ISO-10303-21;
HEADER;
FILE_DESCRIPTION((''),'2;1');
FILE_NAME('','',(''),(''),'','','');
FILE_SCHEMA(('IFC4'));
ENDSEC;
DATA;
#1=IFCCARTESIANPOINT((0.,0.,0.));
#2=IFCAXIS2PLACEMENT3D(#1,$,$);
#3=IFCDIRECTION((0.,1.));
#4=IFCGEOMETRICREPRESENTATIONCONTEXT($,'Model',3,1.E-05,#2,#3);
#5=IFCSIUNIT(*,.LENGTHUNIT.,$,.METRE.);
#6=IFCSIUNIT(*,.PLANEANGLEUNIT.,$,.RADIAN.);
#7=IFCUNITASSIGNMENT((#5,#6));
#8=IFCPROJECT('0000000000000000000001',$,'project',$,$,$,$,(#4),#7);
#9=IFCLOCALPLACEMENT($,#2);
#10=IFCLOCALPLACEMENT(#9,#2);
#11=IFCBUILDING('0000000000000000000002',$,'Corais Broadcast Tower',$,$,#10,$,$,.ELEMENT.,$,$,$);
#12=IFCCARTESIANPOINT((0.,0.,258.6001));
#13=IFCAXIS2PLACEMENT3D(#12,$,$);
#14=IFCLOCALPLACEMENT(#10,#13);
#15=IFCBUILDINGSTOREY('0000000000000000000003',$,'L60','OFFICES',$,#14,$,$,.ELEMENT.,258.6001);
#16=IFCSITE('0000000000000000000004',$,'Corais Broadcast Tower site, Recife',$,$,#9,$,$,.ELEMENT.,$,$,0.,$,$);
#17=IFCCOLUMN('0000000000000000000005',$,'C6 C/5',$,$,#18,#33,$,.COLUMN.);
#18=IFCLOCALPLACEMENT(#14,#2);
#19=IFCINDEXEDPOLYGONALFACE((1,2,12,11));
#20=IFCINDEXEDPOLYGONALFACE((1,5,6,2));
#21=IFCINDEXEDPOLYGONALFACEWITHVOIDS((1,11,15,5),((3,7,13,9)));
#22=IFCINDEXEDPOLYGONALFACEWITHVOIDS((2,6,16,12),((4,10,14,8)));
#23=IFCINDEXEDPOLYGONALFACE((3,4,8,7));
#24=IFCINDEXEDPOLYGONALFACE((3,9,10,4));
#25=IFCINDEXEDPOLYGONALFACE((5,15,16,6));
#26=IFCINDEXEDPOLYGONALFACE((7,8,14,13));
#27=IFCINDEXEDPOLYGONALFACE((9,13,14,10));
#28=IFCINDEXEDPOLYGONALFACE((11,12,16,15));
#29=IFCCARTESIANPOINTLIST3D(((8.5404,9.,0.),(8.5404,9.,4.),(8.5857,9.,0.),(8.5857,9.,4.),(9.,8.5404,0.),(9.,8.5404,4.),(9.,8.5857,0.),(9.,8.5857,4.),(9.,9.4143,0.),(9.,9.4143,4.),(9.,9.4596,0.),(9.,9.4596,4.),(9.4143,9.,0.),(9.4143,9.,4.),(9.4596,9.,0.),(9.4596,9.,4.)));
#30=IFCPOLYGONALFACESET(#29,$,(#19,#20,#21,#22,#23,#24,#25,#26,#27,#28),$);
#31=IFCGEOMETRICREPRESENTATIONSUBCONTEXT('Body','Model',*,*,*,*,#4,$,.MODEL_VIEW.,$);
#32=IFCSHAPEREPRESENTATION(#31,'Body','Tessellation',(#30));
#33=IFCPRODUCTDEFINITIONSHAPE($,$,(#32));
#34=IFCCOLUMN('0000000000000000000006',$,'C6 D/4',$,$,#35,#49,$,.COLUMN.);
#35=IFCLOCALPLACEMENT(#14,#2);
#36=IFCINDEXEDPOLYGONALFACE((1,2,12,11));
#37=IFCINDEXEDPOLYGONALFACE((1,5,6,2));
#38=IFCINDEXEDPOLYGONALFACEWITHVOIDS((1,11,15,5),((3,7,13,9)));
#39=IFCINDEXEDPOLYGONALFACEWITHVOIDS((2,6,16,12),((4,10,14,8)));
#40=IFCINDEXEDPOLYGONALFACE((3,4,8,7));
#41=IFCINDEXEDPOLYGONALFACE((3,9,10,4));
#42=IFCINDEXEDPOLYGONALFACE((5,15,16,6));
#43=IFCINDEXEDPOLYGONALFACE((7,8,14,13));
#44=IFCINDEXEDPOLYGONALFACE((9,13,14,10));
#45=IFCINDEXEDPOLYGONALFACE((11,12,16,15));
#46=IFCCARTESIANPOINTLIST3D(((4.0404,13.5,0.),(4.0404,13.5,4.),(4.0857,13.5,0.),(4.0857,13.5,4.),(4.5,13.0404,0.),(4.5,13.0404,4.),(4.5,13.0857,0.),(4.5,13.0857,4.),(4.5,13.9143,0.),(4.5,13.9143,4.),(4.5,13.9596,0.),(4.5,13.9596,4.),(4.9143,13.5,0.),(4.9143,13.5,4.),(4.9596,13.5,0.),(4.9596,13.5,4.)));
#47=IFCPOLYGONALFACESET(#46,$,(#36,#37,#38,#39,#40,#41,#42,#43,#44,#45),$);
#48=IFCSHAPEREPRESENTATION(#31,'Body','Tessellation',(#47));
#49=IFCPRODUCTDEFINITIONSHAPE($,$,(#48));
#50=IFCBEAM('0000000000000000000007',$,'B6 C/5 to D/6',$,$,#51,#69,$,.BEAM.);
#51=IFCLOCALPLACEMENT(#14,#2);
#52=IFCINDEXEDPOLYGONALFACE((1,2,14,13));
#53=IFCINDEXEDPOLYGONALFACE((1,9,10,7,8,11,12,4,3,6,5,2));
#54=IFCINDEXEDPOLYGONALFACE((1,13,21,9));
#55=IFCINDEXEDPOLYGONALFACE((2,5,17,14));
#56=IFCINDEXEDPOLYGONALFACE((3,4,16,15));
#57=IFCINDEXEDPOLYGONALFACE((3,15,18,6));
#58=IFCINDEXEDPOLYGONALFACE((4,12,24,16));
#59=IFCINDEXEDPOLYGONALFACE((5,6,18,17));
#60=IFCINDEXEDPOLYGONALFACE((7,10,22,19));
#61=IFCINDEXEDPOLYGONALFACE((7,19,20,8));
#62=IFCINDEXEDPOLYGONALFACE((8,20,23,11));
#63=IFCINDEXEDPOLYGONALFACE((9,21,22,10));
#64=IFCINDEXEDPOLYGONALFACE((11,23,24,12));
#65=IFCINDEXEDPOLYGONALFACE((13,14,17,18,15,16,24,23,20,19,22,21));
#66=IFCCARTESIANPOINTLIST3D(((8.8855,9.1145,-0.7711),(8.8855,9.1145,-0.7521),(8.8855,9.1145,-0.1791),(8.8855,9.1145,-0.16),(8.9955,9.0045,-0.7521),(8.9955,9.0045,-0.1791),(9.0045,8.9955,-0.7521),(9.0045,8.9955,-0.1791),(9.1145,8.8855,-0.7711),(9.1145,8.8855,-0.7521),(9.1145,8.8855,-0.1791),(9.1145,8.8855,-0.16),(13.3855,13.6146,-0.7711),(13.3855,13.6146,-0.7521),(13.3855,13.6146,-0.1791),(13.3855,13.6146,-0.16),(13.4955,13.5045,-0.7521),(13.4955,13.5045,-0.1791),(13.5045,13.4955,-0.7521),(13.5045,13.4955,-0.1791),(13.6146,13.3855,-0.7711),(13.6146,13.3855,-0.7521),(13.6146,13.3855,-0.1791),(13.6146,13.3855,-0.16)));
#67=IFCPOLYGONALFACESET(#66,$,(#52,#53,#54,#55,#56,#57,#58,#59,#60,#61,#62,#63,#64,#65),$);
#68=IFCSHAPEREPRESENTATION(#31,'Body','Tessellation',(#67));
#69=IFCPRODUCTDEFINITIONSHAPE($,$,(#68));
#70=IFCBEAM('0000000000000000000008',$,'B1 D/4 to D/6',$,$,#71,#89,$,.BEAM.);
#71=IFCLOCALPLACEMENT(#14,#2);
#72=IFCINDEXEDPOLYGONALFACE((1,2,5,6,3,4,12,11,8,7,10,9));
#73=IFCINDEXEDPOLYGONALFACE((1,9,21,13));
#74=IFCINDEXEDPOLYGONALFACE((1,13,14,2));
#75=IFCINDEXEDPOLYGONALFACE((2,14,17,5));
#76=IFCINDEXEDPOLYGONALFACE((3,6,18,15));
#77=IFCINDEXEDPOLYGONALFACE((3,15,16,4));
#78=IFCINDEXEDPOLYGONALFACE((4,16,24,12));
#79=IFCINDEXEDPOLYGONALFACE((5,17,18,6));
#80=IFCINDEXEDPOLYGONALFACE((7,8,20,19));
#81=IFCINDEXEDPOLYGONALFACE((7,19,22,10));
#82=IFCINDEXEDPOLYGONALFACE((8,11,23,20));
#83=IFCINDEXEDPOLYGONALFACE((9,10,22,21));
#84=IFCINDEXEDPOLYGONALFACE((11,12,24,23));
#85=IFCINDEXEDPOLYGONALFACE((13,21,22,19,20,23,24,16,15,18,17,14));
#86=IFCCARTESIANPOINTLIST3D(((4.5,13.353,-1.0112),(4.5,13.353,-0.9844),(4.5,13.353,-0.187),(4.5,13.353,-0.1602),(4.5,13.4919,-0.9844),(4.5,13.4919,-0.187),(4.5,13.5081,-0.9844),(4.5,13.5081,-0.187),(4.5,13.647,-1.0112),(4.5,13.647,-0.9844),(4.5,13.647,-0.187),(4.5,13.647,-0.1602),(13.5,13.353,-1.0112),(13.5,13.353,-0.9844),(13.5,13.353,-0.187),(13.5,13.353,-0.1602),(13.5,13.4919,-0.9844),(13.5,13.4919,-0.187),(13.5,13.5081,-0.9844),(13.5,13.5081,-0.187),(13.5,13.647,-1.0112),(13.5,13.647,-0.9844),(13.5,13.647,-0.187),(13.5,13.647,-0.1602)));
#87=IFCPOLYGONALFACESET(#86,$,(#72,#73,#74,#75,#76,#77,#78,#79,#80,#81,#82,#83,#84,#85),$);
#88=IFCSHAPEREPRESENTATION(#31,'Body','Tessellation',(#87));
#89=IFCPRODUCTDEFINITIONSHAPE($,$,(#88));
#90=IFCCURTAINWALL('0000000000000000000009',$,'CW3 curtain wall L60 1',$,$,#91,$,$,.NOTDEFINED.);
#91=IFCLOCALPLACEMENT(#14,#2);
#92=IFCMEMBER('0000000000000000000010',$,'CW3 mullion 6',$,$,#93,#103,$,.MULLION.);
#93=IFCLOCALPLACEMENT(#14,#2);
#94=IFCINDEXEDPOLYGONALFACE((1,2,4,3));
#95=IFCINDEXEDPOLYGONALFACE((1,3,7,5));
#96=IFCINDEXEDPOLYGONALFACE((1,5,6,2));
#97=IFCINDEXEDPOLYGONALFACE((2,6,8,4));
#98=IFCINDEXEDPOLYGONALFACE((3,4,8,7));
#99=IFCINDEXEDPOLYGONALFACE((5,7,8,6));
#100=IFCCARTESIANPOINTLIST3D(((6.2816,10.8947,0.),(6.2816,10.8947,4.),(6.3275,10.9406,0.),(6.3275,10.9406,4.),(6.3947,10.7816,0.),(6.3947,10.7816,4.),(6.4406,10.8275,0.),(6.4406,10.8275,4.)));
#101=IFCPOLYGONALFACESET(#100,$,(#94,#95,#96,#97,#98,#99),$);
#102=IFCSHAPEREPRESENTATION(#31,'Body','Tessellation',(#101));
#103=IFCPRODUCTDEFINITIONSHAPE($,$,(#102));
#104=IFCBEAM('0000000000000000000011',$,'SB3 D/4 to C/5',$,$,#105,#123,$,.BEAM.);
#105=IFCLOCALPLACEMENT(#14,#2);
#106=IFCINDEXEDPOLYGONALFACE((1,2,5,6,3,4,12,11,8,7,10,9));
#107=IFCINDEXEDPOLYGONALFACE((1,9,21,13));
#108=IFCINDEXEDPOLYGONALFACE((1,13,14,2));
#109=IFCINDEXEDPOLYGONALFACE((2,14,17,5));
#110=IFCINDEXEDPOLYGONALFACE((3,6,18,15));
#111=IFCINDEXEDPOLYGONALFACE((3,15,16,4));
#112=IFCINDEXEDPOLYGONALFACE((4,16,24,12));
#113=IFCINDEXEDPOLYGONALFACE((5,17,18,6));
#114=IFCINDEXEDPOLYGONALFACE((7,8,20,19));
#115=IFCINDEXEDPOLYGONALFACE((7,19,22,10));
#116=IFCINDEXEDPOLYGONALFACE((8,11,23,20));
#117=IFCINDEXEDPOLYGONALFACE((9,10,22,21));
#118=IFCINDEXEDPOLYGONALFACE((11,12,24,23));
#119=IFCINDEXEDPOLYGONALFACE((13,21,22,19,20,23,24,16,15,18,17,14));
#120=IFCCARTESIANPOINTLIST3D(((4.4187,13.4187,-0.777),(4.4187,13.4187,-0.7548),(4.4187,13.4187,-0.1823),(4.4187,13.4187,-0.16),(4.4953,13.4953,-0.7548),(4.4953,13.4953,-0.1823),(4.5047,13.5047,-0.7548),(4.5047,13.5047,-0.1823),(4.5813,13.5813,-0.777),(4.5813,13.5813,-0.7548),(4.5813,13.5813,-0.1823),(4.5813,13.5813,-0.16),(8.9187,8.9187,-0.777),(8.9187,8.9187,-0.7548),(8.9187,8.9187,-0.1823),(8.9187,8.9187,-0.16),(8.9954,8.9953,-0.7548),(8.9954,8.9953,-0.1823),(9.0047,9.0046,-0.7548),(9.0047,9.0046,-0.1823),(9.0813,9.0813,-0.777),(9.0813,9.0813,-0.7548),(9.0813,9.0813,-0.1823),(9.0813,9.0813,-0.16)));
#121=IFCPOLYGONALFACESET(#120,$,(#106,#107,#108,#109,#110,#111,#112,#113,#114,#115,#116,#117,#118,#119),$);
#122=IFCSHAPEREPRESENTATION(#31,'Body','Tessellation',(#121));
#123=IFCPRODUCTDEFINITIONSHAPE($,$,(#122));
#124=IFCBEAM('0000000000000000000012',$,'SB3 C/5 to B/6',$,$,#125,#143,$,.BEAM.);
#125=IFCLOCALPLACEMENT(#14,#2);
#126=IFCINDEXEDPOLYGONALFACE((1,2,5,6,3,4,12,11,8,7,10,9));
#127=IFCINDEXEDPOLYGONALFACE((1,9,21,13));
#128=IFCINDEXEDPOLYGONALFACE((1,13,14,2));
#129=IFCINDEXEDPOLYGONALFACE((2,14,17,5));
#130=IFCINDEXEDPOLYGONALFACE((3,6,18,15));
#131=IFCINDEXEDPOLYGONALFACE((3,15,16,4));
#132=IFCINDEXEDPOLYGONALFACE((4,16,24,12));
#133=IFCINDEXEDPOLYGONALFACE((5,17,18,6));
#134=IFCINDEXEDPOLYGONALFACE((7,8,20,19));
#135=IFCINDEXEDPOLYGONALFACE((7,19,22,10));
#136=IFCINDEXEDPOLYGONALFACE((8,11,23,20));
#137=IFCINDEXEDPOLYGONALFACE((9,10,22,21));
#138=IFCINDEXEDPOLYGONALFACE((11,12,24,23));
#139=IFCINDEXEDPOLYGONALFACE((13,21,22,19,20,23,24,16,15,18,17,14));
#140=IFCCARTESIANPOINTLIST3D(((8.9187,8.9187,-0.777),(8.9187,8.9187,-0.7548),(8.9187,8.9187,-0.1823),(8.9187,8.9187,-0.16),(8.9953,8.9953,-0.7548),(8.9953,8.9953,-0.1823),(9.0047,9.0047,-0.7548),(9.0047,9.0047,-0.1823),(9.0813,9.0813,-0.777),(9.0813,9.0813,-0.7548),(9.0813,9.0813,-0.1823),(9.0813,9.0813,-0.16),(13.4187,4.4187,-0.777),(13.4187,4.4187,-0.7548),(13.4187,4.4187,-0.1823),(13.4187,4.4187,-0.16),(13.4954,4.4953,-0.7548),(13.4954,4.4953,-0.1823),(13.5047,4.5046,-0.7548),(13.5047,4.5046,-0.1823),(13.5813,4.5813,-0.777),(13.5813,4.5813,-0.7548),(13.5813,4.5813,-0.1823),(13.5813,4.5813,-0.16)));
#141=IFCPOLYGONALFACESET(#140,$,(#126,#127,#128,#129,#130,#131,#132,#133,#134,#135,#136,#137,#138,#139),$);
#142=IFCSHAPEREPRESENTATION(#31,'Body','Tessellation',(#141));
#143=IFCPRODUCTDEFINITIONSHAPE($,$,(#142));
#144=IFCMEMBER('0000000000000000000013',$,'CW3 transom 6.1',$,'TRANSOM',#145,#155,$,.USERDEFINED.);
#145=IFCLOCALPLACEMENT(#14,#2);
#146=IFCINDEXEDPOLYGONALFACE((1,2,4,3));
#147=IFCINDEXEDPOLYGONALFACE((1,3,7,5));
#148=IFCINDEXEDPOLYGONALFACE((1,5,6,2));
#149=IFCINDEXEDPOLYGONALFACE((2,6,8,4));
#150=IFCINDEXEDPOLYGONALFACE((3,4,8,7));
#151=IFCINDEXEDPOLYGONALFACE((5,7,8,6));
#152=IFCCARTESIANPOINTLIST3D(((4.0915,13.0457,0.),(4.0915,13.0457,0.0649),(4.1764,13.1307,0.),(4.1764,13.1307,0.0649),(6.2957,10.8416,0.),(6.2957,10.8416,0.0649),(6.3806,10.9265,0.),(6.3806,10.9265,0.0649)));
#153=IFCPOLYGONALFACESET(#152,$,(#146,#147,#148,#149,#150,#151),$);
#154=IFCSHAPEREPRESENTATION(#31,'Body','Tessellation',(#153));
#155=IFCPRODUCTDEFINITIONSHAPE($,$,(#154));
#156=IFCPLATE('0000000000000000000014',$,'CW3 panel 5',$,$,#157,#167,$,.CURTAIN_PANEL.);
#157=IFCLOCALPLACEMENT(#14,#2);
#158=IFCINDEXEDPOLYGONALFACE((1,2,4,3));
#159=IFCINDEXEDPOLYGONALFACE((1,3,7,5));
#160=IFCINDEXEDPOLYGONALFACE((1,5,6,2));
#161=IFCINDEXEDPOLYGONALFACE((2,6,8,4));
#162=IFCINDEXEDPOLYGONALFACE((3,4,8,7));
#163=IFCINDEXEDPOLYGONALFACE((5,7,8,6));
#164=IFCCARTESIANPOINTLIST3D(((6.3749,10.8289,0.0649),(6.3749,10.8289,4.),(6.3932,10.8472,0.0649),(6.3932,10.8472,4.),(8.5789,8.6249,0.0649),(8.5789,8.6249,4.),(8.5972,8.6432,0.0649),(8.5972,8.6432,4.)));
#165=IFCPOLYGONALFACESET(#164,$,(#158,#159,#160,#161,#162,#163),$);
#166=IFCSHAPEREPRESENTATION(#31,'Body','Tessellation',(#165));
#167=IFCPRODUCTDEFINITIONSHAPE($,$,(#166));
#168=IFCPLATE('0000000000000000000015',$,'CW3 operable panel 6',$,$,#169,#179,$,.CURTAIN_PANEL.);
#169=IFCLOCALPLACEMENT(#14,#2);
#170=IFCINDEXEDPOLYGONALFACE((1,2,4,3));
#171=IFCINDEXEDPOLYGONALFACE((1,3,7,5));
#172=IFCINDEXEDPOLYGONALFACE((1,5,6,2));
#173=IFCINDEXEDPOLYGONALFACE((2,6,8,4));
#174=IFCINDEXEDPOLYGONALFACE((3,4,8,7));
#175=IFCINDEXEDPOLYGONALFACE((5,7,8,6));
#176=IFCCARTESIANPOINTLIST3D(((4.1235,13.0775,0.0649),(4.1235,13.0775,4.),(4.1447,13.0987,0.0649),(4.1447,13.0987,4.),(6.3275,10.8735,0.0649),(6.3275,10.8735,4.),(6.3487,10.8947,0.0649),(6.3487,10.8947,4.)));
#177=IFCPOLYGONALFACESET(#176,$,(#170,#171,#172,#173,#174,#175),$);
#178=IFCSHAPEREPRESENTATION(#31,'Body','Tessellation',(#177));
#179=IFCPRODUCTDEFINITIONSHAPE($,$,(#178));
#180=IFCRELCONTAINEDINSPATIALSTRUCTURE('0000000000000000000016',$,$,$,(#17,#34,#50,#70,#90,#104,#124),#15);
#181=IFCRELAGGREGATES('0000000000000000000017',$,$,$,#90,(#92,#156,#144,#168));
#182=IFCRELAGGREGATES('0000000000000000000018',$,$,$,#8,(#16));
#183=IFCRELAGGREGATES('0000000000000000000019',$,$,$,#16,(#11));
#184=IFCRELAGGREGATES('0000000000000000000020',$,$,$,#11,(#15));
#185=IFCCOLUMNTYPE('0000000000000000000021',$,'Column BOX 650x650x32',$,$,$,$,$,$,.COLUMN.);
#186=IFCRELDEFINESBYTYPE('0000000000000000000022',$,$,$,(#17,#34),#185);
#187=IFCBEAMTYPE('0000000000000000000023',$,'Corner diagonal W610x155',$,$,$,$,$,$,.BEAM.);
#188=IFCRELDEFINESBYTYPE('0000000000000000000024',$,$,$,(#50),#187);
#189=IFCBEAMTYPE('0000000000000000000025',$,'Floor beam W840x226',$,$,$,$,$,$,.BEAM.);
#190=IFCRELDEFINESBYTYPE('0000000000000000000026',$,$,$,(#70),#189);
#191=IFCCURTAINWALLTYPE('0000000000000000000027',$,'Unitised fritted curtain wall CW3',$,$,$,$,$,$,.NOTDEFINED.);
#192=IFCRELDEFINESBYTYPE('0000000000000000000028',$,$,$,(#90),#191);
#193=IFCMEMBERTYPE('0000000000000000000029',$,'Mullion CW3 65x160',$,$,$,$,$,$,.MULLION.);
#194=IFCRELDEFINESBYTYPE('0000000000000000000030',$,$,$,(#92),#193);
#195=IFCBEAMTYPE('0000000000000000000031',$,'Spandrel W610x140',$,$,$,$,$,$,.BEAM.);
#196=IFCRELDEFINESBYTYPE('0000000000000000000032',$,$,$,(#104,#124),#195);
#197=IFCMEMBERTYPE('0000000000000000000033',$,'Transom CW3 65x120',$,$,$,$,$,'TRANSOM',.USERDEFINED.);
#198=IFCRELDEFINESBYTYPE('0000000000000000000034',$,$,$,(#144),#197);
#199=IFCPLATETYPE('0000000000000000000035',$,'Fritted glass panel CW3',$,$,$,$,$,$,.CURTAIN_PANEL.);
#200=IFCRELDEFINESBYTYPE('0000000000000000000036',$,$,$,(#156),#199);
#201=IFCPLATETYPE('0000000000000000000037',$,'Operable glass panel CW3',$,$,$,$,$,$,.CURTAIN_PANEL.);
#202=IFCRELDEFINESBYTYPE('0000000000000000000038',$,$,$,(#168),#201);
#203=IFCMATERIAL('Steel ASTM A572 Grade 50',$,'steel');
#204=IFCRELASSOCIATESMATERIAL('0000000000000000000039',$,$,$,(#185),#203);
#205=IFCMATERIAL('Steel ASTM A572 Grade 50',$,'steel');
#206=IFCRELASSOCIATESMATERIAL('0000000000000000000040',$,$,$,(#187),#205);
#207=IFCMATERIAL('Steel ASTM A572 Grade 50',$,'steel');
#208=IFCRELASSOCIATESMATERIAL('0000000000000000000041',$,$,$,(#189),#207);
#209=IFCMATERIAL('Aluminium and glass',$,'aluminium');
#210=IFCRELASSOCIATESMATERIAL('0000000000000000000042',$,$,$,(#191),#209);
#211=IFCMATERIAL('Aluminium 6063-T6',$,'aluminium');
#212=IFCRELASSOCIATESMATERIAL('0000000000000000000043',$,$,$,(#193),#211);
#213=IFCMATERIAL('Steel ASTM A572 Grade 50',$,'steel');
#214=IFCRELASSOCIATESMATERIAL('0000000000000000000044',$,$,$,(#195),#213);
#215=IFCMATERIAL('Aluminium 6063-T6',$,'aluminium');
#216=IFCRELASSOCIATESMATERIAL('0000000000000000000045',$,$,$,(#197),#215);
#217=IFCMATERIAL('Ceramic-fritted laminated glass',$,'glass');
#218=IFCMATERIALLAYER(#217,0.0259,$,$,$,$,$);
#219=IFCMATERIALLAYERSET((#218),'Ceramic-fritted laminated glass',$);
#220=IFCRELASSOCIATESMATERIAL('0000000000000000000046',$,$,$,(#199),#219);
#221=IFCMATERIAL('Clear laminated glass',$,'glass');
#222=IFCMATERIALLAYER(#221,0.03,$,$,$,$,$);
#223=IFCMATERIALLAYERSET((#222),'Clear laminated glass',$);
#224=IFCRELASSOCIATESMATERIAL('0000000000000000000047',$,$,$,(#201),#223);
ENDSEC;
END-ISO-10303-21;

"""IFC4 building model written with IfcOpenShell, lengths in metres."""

from ifc_helpers import new_model, si_unit, direction, frame, origin, origin_2d, place, context, subcontext, project, spatial, rectangle, hollow_rectangle, i_section, extrude, material, layer, layer_set, material_profile, profile_set, type_object, element, aggregate, save


model = new_model("IFC4")

# Units and contexts
model_context = context("Model", 3, precision=1e-05, world=origin(), true_north=direction((0.0, 1.0)))
body_context = subcontext(model_context, "Body", "Model", "MODEL_VIEW")
ifc_project = project(units=[si_unit("LENGTHUNIT", "METRE"), si_unit("PLANEANGLEUNIT", "RADIAN")], contexts=[model_context])

# Site, building, storey
site_placement = place(None, origin())
site = spatial("IfcSite", under=ifc_project, at=site_placement, Name="Corais Broadcast Tower site, Recife", CompositionType="ELEMENT", RefElevation=0.0)
building_placement = place(site_placement, origin())
building = spatial("IfcBuilding", under=site, at=building_placement, Name="Corais Broadcast Tower", CompositionType="ELEMENT")
storey_placement = place(building_placement, frame((0.0, 0.0, 258.6001)))
storey = spatial("IfcBuildingStorey", under=building, at=storey_placement, Name="L60", Description="OFFICES", CompositionType="ELEMENT", Elevation=258.6001)

# Columns
ifc_material_1 = material(Name="Steel ASTM A572 Grade 50", Category="steel")
ifc_material_profile_1 = material_profile(ifc_material_1, hollow_rectangle(XDim=0.6499, YDim=0.6499, WallThickness=0.032, at=origin_2d()), Name="BOX 650x650x32")
ifc_profile_set_1 = profile_set([ifc_material_profile_1], Name="Steel ASTM A572 Grade 50")
column_type = type_object("IfcColumnType", Name="Column BOX 650x650x32", PredefinedType="COLUMN", material=ifc_profile_set_1)
for number, where, z_axis, x_axis, name in (
    (1, (9.0, 9.0, 0.0), (0.0, 0.0, 1.0), (0.707107, 0.707107, 0.0), "C6 C/5"),
    (2, (4.5, 13.5, 0.0), (0.0, 0.0, 1.0), (0.707107, 0.707107, 0.0), "C6 D/4"),
):
    element("IfcColumn", number, at=place(storey_placement, frame(where, z_axis=z_axis, x_axis=x_axis)), inside=storey, type_object=column_type, Name=name, PredefinedType="COLUMN", context=body_context, shape_type="SweptSolid", body=[
        extrude(hollow_rectangle(XDim=0.6499, YDim=0.6499, WallThickness=0.032, at=origin_2d()), origin(), (0.0, 0.0, 1.0), 4.0),
    ])

# Beams
ifc_material_2 = material(Name="Steel ASTM A572 Grade 50", Category="steel")
ifc_material_profile_2 = material_profile(ifc_material_2, i_section(OverallWidth=0.324, OverallDepth=0.6111, WebThickness=0.0127, FlangeThickness=0.019, at=origin_2d()), Name="W610x155")
ifc_profile_set_2 = profile_set([ifc_material_profile_2], Name="Steel ASTM A572 Grade 50")
beam_type_1 = type_object("IfcBeamType", Name="Corner diagonal W610x155", PredefinedType="BEAM", material=ifc_profile_set_2)
beam_1_placement = place(storey_placement, frame((9.0, 9.0, -0.4656), z_axis=(0.707107, 0.707107, 0.0), x_axis=(-0.707107, 0.707107, 0.0)))
element("IfcBeam", 3, at=beam_1_placement, inside=storey, type_object=beam_type_1, Name="B6 C/5 to D/6", PredefinedType="BEAM", context=body_context, shape_type="SweptSolid", body=[
    extrude(i_section(OverallWidth=0.324, OverallDepth=0.6111, WebThickness=0.0127, FlangeThickness=0.019, at=origin_2d()), origin(), (0.0, 0.0, 1.0), 6.364),
])
ifc_material_3 = material(Name="Steel ASTM A572 Grade 50", Category="steel")
ifc_material_profile_3 = material_profile(ifc_material_3, i_section(OverallWidth=0.2939, OverallDepth=0.8511, WebThickness=0.0161, FlangeThickness=0.0269, at=origin_2d()), Name="W840x226")
ifc_profile_set_3 = profile_set([ifc_material_profile_3], Name="Steel ASTM A572 Grade 50")
beam_type_2 = type_object("IfcBeamType", Name="Floor beam W840x226", PredefinedType="BEAM", material=ifc_profile_set_3)
beam_2_placement = place(storey_placement, frame((4.5, 13.5, -0.5857), z_axis=(1.0, 0.0, 0.0), x_axis=(0.0, 1.0, 0.0)))
element("IfcBeam", 4, at=beam_2_placement, inside=storey, type_object=beam_type_2, Name="B1 D/4 to D/6", PredefinedType="BEAM", context=body_context, shape_type="SweptSolid", body=[
    extrude(i_section(OverallWidth=0.2939, OverallDepth=0.8511, WebThickness=0.0161, FlangeThickness=0.0269, at=origin_2d()), origin(), (0.0, 0.0, 1.0), 9.0),
])

# Curtain wall, member
ifc_material_4 = material(Name="Aluminium and glass", Category="aluminium")
curtain_wall_type = type_object("IfcCurtainWallType", Name="Unitised fritted curtain wall CW3", PredefinedType="NOTDEFINED", material=ifc_material_4)
curtain_wall_placement = place(storey_placement, origin())
curtain_wall = element("IfcCurtainWall", 5, at=curtain_wall_placement, inside=storey, type_object=curtain_wall_type, Name="CW3 curtain wall L60 1", PredefinedType="NOTDEFINED")
ifc_material_5 = material(Name="Aluminium 6063-T6", Category="aluminium")
ifc_material_profile_4 = material_profile(ifc_material_5, rectangle(XDim=0.0649, YDim=0.1599, at=origin_2d()), Name="Mullion CW3 65x160")
ifc_profile_set_4 = profile_set([ifc_material_profile_4], Name="Aluminium 6063-T6")
member_type_1 = type_object("IfcMemberType", Name="Mullion CW3 65x160", PredefinedType="MULLION", material=ifc_profile_set_4)
member_1_placement = place(storey_placement, frame((6.3611, 10.8611, 0.0), z_axis=(0.0, 0.0, 1.0), x_axis=(-0.707107, -0.707107, 0.0)))
member_1 = element("IfcMember", 6, at=member_1_placement, type_object=member_type_1, Name="CW3 mullion 6", PredefinedType="MULLION", context=body_context, shape_type="SweptSolid", body=[
    extrude(rectangle(XDim=0.0649, YDim=0.1599, at=origin_2d()), origin(), (0.0, 0.0, 1.0), 4.0),
])

# Beams
ifc_material_6 = material(Name="Steel ASTM A572 Grade 50", Category="steel")
ifc_material_profile_5 = material_profile(ifc_material_6, i_section(OverallWidth=0.23, OverallDepth=0.6169, WebThickness=0.0132, FlangeThickness=0.0222, at=origin_2d()), Name="W610x140")
ifc_profile_set_5 = profile_set([ifc_material_profile_5], Name="Steel ASTM A572 Grade 50")
beam_type_3 = type_object("IfcBeamType", Name="Spandrel W610x140", PredefinedType="BEAM", material=ifc_profile_set_5)
for number, where, z_axis, x_axis, name in (
    (7, (4.5, 13.5, -0.4685), (0.707107, -0.707107, 0.0), (0.707107, 0.707107, 0.0), "SB3 D/4 to C/5"),
    (8, (9.0, 9.0, -0.4685), (0.707107, -0.707107, 0.0), (0.707107, 0.707107, 0.0), "SB3 C/5 to B/6"),
):
    element("IfcBeam", number, at=place(storey_placement, frame(where, z_axis=z_axis, x_axis=x_axis)), inside=storey, type_object=beam_type_3, Name=name, PredefinedType="BEAM", context=body_context, shape_type="SweptSolid", body=[
        extrude(i_section(OverallWidth=0.23, OverallDepth=0.6169, WebThickness=0.0132, FlangeThickness=0.0222, at=origin_2d()), origin(), (0.0, 0.0, 1.0), 6.364),
    ])

# Member
ifc_material_7 = material(Name="Aluminium 6063-T6", Category="aluminium")
ifc_material_profile_6 = material_profile(ifc_material_7, rectangle(XDim=0.1201, YDim=0.0649, at=origin_2d()), Name="Transom CW3 65x120")
ifc_profile_set_6 = profile_set([ifc_material_profile_6], Name="Aluminium 6063-T6")
member_type_2 = type_object("IfcMemberType", Name="Transom CW3 65x120", ElementType="TRANSOM", PredefinedType="USERDEFINED", material=ifc_profile_set_6)
member_2_placement = place(storey_placement, frame((6.3381, 10.884, 0.0325), z_axis=(-0.707107, 0.707107, 0.0), x_axis=(-0.707107, -0.707107, 0.0)))
member_2 = element("IfcMember", 9, at=member_2_placement, type_object=member_type_2, Name="CW3 transom 6.1", ObjectType="TRANSOM", PredefinedType="USERDEFINED", context=body_context, shape_type="SweptSolid", body=[
    extrude(rectangle(XDim=0.1201, YDim=0.0649, at=origin_2d()), origin(), (0.0, 0.0, 1.0), 3.1172),
])

# Plates
ifc_material_8 = material(Name="Ceramic-fritted laminated glass", Category="glass")
ifc_layer_1 = layer(ifc_material_8, 0.0259)
ifc_layer_set_1 = layer_set([ifc_layer_1], Name="Ceramic-fritted laminated glass")
plate_type_1 = type_object("IfcPlateType", Name="Fritted glass panel CW3", PredefinedType="CURTAIN_PANEL", material=ifc_layer_set_1)
plate_1_placement = place(storey_placement, frame((7.4861, 9.7361, 0.0649), z_axis=(0.0, 0.0, 1.0), x_axis=(-0.707107, 0.707107, 0.0)))
plate_1 = element("IfcPlate", 10, at=plate_1_placement, type_object=plate_type_1, Name="CW3 panel 5", PredefinedType="CURTAIN_PANEL", context=body_context, shape_type="SweptSolid", body=[
    extrude(rectangle(XDim=3.1169, YDim=0.0259, at=origin_2d()), origin(), (0.0, 0.0, 1.0), 3.9351),
])
ifc_material_9 = material(Name="Clear laminated glass", Category="glass")
ifc_layer_2 = layer(ifc_material_9, 0.03)
ifc_layer_set_2 = layer_set([ifc_layer_2], Name="Clear laminated glass")
plate_type_2 = type_object("IfcPlateType", Name="Operable glass panel CW3", PredefinedType="CURTAIN_PANEL", material=ifc_layer_set_2)
plate_2_placement = place(storey_placement, frame((5.2361, 11.9861, 0.0649), z_axis=(0.0, 0.0, 1.0), x_axis=(-0.707107, 0.707107, 0.0)))
plate_2 = element("IfcPlate", 11, at=plate_2_placement, type_object=plate_type_2, Name="CW3 operable panel 6", PredefinedType="CURTAIN_PANEL", context=body_context, shape_type="SweptSolid", body=[
    extrude(rectangle(XDim=3.1169, YDim=0.03, at=origin_2d()), origin(), (0.0, 0.0, 1.0), 3.9351),
])
aggregate(curtain_wall, [member_1, plate_1, member_2, plate_2])

save(model, "model.ifc")
